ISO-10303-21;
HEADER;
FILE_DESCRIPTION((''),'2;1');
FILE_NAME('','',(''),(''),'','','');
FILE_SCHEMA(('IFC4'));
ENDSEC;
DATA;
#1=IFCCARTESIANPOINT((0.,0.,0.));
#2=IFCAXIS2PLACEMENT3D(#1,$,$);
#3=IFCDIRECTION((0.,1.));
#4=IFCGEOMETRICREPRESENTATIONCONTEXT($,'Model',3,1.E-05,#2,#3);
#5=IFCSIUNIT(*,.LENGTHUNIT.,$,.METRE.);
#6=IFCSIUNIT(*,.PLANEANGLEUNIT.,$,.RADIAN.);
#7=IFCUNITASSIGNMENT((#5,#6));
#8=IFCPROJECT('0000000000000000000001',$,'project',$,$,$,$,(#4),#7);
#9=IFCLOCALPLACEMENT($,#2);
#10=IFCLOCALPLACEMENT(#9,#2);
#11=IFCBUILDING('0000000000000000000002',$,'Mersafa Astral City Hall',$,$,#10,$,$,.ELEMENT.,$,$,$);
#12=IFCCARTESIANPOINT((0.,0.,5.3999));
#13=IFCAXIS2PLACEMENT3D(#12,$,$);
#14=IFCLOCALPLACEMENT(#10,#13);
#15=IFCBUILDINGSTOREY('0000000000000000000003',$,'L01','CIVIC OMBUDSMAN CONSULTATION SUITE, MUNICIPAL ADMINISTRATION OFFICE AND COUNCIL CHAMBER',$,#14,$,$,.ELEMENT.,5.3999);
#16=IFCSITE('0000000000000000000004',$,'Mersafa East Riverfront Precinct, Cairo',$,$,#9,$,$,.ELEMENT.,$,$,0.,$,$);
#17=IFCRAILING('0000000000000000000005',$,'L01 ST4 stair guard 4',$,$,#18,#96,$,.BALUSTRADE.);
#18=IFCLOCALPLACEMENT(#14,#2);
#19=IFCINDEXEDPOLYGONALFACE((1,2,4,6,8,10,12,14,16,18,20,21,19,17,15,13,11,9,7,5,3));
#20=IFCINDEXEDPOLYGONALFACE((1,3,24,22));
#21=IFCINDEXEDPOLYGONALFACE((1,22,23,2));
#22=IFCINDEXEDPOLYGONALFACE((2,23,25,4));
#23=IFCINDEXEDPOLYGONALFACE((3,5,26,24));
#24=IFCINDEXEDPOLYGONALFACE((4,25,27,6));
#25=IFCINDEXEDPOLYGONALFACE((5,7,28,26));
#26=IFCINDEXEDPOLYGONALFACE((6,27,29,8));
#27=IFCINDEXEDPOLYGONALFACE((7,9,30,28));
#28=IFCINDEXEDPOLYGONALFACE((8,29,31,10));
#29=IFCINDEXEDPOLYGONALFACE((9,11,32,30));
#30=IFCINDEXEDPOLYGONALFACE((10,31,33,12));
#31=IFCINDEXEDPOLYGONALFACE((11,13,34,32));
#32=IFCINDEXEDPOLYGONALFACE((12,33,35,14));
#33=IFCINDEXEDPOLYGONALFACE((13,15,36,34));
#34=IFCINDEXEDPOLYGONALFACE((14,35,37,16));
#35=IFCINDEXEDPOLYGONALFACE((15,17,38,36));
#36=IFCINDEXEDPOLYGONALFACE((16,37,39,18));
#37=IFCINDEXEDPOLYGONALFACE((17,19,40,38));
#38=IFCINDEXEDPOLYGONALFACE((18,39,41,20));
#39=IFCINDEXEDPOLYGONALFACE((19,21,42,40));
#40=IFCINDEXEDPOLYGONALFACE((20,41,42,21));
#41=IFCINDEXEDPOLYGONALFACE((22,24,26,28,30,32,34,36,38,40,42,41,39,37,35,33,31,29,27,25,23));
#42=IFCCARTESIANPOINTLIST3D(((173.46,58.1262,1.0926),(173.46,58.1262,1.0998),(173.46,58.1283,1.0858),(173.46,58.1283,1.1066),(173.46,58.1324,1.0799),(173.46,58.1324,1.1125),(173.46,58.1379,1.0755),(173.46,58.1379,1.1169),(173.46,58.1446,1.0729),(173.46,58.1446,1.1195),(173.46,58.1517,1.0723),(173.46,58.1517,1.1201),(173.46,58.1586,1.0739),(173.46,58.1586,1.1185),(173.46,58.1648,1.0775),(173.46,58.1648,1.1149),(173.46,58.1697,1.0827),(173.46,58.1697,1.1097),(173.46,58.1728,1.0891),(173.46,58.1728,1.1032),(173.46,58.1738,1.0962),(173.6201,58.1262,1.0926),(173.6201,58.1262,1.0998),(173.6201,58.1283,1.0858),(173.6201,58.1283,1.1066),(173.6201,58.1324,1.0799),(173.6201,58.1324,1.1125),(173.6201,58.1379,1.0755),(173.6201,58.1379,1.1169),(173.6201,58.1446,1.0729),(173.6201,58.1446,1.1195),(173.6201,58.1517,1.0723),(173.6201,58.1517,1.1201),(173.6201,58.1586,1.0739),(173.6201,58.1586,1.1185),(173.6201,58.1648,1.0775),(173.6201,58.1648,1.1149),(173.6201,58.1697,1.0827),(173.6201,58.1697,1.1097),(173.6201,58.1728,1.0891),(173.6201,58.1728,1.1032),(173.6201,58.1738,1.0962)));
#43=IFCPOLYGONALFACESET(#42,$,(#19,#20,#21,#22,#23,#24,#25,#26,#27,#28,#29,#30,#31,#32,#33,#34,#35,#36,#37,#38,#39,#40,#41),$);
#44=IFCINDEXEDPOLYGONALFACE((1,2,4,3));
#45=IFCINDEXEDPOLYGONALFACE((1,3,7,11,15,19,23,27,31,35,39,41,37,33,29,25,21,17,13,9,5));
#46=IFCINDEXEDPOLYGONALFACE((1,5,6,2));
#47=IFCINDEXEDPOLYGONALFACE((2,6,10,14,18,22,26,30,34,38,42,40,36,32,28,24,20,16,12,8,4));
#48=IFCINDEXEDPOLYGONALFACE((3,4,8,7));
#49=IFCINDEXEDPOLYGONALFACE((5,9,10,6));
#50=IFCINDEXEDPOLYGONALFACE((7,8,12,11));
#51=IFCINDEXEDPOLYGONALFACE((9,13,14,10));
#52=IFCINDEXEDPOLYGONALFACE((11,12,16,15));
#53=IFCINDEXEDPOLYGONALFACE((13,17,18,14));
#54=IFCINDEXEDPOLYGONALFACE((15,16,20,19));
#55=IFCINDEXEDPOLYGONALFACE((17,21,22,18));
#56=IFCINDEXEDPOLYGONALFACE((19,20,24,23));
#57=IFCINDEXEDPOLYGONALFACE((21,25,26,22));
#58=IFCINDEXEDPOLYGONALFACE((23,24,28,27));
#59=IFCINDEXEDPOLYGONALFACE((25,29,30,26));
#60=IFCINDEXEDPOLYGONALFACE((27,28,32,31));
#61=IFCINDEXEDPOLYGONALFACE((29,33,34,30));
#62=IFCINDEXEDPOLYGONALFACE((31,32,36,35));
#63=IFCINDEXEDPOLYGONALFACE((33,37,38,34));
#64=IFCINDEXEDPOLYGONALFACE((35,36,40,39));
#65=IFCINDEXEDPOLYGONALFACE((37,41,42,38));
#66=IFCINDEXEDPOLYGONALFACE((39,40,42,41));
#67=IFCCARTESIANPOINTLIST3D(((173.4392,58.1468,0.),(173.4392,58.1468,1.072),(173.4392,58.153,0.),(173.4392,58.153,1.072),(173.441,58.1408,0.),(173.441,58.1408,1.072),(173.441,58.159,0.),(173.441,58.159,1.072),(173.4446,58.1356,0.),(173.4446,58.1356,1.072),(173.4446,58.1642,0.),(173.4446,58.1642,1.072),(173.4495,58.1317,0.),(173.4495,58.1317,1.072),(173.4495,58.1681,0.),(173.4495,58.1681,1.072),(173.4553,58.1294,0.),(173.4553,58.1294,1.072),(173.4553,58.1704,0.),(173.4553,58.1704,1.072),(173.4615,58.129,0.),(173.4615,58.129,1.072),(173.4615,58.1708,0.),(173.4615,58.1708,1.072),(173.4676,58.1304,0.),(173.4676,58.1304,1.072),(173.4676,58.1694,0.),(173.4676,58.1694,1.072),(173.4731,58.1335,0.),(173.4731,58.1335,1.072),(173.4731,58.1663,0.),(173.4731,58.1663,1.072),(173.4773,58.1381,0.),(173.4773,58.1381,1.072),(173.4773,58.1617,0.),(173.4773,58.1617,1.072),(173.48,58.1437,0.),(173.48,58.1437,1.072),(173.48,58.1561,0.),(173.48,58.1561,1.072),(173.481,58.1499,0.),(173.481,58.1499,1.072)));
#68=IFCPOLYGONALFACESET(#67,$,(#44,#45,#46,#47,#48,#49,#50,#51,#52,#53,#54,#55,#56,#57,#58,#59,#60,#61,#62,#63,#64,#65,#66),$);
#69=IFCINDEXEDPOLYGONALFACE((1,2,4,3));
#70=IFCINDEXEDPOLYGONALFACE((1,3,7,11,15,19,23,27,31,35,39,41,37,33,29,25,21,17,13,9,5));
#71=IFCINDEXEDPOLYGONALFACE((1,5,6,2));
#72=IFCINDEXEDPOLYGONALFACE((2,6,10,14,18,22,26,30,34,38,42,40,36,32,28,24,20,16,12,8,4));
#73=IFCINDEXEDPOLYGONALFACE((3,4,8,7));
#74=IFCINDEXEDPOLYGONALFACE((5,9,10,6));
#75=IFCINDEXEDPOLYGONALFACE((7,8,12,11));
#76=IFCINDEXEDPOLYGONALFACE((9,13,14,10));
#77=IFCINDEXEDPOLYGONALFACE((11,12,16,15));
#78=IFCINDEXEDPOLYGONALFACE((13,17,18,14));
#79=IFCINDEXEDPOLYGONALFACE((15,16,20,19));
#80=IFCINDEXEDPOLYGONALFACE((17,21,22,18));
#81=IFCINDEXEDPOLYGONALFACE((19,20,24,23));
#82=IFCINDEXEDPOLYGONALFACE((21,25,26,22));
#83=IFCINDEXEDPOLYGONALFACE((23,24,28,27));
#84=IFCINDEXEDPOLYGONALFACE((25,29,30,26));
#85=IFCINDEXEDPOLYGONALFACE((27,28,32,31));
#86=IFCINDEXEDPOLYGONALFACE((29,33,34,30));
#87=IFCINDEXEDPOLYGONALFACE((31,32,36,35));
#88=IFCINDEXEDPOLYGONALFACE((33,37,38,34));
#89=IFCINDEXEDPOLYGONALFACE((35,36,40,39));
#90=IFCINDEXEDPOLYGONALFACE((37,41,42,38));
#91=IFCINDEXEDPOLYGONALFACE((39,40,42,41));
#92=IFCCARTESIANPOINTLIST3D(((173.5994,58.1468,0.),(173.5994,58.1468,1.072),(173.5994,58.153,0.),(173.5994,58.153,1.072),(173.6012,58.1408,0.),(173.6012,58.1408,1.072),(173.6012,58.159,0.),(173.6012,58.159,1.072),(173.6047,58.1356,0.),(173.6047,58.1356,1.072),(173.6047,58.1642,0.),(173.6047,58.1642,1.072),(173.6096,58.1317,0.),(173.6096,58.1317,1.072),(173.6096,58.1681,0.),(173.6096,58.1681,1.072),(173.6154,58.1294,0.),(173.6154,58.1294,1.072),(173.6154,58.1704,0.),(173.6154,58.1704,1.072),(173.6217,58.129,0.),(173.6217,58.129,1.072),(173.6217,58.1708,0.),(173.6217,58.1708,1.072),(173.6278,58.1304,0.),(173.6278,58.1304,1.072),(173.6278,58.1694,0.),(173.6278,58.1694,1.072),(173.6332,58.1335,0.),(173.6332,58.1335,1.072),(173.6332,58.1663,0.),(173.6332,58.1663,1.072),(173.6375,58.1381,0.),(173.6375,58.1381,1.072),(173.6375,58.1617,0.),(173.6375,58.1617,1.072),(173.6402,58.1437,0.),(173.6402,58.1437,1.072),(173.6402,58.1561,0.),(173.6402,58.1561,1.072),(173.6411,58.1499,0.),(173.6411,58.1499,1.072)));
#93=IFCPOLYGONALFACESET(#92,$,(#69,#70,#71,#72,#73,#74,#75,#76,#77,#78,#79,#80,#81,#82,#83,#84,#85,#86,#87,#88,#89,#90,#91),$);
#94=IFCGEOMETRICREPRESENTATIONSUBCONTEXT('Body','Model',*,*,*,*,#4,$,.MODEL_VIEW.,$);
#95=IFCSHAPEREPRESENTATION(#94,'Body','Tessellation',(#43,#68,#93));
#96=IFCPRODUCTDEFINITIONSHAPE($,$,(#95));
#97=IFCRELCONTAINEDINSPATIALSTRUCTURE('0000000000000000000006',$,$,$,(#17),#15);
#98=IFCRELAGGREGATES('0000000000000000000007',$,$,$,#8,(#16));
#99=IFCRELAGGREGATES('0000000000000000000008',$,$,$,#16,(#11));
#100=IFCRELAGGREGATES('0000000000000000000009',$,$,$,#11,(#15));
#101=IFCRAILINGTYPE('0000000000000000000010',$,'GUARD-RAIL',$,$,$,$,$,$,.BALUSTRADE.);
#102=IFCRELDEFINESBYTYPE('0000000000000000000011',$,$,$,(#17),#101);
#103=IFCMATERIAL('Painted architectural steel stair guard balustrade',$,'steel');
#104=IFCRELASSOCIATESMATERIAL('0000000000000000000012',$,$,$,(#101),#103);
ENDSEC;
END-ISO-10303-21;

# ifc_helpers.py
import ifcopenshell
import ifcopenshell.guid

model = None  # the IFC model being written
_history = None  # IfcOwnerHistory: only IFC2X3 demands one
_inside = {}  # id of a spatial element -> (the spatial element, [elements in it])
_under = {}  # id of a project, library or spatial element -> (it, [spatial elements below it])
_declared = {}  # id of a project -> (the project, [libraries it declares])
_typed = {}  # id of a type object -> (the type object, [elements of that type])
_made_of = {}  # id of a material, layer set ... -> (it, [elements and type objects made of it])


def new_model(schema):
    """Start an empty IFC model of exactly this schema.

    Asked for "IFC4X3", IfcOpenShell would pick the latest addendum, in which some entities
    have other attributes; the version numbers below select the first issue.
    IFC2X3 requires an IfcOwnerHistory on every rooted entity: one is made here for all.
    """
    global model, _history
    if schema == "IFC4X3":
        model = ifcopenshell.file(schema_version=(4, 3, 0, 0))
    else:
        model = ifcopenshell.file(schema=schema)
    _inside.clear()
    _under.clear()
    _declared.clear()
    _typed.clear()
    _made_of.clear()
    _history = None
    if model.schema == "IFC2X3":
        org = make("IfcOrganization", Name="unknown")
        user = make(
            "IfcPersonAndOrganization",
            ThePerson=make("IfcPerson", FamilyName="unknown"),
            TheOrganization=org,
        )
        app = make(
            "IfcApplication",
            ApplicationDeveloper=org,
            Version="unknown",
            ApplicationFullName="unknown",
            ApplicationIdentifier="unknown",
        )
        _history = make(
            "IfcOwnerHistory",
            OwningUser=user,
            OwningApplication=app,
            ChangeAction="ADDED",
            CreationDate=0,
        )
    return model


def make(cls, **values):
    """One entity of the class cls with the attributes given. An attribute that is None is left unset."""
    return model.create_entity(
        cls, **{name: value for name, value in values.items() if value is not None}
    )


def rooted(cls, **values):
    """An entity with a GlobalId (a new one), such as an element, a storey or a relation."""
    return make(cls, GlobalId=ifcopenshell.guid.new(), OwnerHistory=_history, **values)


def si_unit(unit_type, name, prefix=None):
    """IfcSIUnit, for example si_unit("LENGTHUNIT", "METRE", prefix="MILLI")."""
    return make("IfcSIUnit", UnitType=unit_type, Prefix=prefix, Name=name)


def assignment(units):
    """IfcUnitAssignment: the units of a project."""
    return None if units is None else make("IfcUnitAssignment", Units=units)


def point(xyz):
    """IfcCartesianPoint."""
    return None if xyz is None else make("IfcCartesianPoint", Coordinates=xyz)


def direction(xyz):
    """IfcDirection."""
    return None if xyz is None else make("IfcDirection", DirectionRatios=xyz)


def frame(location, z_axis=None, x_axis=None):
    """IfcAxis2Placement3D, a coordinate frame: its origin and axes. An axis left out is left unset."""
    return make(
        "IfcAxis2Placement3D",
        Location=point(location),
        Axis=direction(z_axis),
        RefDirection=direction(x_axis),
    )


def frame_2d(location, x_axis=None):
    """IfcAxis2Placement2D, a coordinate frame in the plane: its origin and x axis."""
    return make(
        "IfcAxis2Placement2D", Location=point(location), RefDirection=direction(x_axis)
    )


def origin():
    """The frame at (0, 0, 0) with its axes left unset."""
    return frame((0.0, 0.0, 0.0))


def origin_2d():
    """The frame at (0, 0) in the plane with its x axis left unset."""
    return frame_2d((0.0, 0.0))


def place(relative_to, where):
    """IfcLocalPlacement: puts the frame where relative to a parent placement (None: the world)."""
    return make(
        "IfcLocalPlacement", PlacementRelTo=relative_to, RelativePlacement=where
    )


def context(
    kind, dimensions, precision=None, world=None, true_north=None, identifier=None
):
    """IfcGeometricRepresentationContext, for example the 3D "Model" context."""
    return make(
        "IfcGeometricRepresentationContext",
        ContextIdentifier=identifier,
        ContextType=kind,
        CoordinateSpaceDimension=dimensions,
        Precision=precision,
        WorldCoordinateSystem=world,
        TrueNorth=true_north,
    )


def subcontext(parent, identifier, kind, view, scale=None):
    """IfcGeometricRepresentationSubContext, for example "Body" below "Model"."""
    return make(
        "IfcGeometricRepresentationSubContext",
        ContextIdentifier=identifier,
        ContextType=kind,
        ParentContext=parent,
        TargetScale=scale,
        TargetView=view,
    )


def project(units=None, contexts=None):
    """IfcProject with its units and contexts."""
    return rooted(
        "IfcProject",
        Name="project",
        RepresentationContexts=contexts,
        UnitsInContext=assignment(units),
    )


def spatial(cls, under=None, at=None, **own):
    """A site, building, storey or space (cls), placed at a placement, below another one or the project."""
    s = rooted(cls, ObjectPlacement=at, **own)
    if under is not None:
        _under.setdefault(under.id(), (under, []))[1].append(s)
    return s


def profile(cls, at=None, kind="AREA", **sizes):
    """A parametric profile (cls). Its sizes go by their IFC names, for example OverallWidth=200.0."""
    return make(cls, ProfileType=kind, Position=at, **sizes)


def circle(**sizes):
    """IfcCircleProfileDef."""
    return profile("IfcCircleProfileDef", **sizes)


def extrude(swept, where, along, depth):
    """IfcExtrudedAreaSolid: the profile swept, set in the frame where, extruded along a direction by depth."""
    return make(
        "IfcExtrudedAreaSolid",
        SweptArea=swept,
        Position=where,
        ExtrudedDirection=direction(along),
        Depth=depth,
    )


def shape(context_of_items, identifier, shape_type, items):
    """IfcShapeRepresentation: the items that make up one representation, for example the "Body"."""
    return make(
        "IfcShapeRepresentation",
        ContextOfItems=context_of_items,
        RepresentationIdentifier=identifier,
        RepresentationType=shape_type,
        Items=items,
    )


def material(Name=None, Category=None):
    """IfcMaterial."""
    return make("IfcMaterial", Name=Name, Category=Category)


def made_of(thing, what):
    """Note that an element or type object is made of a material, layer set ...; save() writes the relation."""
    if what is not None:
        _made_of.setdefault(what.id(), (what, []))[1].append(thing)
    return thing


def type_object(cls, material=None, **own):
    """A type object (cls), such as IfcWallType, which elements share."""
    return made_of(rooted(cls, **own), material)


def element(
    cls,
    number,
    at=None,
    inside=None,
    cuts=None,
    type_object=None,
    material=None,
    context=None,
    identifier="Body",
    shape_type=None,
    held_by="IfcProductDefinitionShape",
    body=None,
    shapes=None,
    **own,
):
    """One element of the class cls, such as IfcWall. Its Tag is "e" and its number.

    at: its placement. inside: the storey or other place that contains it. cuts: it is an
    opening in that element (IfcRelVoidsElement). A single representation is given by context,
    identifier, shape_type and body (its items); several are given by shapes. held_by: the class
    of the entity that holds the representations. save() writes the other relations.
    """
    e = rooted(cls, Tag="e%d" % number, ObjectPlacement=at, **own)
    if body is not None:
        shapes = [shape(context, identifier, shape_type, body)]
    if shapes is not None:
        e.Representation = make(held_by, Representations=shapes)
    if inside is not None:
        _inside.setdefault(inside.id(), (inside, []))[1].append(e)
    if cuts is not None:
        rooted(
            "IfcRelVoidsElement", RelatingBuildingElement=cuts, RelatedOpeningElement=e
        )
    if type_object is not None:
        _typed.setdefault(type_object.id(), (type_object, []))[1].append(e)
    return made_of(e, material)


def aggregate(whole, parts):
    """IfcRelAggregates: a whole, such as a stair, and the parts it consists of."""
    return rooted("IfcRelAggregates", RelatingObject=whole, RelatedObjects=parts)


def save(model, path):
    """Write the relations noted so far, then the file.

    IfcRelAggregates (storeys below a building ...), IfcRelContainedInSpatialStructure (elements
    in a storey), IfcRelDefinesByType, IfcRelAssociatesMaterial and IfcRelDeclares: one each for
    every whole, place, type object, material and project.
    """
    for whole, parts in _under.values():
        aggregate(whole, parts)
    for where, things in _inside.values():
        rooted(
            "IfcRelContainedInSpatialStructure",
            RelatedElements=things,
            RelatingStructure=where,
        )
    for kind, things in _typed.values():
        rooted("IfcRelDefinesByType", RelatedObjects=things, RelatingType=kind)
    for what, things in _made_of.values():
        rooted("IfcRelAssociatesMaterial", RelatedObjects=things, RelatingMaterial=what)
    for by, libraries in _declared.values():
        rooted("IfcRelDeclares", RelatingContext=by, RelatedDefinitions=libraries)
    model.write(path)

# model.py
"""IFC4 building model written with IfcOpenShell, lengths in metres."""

from ifc_helpers import new_model, si_unit, direction, frame, origin, origin_2d, place, context, subcontext, project, spatial, circle, extrude, material, type_object, element, save


model = new_model("IFC4")

# Units and contexts
model_context = context("Model", 3, precision=1e-05, world=origin(), true_north=direction((0.0, 1.0)))
body_context = subcontext(model_context, "Body", "Model", "MODEL_VIEW")
ifc_project = project(units=[si_unit("LENGTHUNIT", "METRE"), si_unit("PLANEANGLEUNIT", "RADIAN")], contexts=[model_context])

# Site, building, storey
site_placement = place(None, origin())
site = spatial("IfcSite", under=ifc_project, at=site_placement, Name="Mersafa East Riverfront Precinct, Cairo", CompositionType="ELEMENT", RefElevation=0.0)
building_placement = place(site_placement, origin())
building = spatial("IfcBuilding", under=site, at=building_placement, Name="Mersafa Astral City Hall", CompositionType="ELEMENT")
storey_placement = place(building_placement, frame((0.0, 0.0, 5.3999)))
storey = spatial("IfcBuildingStorey", under=building, at=storey_placement, Name="L01", Description="CIVIC OMBUDSMAN CONSULTATION SUITE, MUNICIPAL ADMINISTRATION OFFICE AND COUNCIL CHAMBER", CompositionType="ELEMENT", Elevation=5.3999)

# Railing
ifc_material_1 = material(Name="Painted architectural steel stair guard balustrade", Category="steel")
railing_type_1 = type_object("IfcRailingType", Name="GUARD-RAIL", PredefinedType="BALUSTRADE", material=ifc_material_1)
railing_1_placement = place(storey_placement, frame((173.46, 58.1499, 0.0)))
element("IfcRailing", 1, at=railing_1_placement, inside=storey, type_object=railing_type_1, Name="L01 ST4 stair guard 4", PredefinedType="BALUSTRADE", context=body_context, shape_type="SweptSolid", body=[
    extrude(circle(Radius=0.0239, at=origin_2d()), frame((0.0, 0.0, 1.0962), z_axis=(1.0, 0.0, 0.0), x_axis=(0.0, 1.0, 0.0)), (0.0, 0.0, 1.0), 0.1602),
    extrude(circle(Radius=0.021, at=origin_2d()), origin(), (0.0, 0.0, 1.0), 1.072),
    extrude(circle(Radius=0.021, at=origin_2d()), frame((0.1602, 0.0, 0.0)), (0.0, 0.0, 1.0), 1.072),
])

save(model, "model.ifc")
